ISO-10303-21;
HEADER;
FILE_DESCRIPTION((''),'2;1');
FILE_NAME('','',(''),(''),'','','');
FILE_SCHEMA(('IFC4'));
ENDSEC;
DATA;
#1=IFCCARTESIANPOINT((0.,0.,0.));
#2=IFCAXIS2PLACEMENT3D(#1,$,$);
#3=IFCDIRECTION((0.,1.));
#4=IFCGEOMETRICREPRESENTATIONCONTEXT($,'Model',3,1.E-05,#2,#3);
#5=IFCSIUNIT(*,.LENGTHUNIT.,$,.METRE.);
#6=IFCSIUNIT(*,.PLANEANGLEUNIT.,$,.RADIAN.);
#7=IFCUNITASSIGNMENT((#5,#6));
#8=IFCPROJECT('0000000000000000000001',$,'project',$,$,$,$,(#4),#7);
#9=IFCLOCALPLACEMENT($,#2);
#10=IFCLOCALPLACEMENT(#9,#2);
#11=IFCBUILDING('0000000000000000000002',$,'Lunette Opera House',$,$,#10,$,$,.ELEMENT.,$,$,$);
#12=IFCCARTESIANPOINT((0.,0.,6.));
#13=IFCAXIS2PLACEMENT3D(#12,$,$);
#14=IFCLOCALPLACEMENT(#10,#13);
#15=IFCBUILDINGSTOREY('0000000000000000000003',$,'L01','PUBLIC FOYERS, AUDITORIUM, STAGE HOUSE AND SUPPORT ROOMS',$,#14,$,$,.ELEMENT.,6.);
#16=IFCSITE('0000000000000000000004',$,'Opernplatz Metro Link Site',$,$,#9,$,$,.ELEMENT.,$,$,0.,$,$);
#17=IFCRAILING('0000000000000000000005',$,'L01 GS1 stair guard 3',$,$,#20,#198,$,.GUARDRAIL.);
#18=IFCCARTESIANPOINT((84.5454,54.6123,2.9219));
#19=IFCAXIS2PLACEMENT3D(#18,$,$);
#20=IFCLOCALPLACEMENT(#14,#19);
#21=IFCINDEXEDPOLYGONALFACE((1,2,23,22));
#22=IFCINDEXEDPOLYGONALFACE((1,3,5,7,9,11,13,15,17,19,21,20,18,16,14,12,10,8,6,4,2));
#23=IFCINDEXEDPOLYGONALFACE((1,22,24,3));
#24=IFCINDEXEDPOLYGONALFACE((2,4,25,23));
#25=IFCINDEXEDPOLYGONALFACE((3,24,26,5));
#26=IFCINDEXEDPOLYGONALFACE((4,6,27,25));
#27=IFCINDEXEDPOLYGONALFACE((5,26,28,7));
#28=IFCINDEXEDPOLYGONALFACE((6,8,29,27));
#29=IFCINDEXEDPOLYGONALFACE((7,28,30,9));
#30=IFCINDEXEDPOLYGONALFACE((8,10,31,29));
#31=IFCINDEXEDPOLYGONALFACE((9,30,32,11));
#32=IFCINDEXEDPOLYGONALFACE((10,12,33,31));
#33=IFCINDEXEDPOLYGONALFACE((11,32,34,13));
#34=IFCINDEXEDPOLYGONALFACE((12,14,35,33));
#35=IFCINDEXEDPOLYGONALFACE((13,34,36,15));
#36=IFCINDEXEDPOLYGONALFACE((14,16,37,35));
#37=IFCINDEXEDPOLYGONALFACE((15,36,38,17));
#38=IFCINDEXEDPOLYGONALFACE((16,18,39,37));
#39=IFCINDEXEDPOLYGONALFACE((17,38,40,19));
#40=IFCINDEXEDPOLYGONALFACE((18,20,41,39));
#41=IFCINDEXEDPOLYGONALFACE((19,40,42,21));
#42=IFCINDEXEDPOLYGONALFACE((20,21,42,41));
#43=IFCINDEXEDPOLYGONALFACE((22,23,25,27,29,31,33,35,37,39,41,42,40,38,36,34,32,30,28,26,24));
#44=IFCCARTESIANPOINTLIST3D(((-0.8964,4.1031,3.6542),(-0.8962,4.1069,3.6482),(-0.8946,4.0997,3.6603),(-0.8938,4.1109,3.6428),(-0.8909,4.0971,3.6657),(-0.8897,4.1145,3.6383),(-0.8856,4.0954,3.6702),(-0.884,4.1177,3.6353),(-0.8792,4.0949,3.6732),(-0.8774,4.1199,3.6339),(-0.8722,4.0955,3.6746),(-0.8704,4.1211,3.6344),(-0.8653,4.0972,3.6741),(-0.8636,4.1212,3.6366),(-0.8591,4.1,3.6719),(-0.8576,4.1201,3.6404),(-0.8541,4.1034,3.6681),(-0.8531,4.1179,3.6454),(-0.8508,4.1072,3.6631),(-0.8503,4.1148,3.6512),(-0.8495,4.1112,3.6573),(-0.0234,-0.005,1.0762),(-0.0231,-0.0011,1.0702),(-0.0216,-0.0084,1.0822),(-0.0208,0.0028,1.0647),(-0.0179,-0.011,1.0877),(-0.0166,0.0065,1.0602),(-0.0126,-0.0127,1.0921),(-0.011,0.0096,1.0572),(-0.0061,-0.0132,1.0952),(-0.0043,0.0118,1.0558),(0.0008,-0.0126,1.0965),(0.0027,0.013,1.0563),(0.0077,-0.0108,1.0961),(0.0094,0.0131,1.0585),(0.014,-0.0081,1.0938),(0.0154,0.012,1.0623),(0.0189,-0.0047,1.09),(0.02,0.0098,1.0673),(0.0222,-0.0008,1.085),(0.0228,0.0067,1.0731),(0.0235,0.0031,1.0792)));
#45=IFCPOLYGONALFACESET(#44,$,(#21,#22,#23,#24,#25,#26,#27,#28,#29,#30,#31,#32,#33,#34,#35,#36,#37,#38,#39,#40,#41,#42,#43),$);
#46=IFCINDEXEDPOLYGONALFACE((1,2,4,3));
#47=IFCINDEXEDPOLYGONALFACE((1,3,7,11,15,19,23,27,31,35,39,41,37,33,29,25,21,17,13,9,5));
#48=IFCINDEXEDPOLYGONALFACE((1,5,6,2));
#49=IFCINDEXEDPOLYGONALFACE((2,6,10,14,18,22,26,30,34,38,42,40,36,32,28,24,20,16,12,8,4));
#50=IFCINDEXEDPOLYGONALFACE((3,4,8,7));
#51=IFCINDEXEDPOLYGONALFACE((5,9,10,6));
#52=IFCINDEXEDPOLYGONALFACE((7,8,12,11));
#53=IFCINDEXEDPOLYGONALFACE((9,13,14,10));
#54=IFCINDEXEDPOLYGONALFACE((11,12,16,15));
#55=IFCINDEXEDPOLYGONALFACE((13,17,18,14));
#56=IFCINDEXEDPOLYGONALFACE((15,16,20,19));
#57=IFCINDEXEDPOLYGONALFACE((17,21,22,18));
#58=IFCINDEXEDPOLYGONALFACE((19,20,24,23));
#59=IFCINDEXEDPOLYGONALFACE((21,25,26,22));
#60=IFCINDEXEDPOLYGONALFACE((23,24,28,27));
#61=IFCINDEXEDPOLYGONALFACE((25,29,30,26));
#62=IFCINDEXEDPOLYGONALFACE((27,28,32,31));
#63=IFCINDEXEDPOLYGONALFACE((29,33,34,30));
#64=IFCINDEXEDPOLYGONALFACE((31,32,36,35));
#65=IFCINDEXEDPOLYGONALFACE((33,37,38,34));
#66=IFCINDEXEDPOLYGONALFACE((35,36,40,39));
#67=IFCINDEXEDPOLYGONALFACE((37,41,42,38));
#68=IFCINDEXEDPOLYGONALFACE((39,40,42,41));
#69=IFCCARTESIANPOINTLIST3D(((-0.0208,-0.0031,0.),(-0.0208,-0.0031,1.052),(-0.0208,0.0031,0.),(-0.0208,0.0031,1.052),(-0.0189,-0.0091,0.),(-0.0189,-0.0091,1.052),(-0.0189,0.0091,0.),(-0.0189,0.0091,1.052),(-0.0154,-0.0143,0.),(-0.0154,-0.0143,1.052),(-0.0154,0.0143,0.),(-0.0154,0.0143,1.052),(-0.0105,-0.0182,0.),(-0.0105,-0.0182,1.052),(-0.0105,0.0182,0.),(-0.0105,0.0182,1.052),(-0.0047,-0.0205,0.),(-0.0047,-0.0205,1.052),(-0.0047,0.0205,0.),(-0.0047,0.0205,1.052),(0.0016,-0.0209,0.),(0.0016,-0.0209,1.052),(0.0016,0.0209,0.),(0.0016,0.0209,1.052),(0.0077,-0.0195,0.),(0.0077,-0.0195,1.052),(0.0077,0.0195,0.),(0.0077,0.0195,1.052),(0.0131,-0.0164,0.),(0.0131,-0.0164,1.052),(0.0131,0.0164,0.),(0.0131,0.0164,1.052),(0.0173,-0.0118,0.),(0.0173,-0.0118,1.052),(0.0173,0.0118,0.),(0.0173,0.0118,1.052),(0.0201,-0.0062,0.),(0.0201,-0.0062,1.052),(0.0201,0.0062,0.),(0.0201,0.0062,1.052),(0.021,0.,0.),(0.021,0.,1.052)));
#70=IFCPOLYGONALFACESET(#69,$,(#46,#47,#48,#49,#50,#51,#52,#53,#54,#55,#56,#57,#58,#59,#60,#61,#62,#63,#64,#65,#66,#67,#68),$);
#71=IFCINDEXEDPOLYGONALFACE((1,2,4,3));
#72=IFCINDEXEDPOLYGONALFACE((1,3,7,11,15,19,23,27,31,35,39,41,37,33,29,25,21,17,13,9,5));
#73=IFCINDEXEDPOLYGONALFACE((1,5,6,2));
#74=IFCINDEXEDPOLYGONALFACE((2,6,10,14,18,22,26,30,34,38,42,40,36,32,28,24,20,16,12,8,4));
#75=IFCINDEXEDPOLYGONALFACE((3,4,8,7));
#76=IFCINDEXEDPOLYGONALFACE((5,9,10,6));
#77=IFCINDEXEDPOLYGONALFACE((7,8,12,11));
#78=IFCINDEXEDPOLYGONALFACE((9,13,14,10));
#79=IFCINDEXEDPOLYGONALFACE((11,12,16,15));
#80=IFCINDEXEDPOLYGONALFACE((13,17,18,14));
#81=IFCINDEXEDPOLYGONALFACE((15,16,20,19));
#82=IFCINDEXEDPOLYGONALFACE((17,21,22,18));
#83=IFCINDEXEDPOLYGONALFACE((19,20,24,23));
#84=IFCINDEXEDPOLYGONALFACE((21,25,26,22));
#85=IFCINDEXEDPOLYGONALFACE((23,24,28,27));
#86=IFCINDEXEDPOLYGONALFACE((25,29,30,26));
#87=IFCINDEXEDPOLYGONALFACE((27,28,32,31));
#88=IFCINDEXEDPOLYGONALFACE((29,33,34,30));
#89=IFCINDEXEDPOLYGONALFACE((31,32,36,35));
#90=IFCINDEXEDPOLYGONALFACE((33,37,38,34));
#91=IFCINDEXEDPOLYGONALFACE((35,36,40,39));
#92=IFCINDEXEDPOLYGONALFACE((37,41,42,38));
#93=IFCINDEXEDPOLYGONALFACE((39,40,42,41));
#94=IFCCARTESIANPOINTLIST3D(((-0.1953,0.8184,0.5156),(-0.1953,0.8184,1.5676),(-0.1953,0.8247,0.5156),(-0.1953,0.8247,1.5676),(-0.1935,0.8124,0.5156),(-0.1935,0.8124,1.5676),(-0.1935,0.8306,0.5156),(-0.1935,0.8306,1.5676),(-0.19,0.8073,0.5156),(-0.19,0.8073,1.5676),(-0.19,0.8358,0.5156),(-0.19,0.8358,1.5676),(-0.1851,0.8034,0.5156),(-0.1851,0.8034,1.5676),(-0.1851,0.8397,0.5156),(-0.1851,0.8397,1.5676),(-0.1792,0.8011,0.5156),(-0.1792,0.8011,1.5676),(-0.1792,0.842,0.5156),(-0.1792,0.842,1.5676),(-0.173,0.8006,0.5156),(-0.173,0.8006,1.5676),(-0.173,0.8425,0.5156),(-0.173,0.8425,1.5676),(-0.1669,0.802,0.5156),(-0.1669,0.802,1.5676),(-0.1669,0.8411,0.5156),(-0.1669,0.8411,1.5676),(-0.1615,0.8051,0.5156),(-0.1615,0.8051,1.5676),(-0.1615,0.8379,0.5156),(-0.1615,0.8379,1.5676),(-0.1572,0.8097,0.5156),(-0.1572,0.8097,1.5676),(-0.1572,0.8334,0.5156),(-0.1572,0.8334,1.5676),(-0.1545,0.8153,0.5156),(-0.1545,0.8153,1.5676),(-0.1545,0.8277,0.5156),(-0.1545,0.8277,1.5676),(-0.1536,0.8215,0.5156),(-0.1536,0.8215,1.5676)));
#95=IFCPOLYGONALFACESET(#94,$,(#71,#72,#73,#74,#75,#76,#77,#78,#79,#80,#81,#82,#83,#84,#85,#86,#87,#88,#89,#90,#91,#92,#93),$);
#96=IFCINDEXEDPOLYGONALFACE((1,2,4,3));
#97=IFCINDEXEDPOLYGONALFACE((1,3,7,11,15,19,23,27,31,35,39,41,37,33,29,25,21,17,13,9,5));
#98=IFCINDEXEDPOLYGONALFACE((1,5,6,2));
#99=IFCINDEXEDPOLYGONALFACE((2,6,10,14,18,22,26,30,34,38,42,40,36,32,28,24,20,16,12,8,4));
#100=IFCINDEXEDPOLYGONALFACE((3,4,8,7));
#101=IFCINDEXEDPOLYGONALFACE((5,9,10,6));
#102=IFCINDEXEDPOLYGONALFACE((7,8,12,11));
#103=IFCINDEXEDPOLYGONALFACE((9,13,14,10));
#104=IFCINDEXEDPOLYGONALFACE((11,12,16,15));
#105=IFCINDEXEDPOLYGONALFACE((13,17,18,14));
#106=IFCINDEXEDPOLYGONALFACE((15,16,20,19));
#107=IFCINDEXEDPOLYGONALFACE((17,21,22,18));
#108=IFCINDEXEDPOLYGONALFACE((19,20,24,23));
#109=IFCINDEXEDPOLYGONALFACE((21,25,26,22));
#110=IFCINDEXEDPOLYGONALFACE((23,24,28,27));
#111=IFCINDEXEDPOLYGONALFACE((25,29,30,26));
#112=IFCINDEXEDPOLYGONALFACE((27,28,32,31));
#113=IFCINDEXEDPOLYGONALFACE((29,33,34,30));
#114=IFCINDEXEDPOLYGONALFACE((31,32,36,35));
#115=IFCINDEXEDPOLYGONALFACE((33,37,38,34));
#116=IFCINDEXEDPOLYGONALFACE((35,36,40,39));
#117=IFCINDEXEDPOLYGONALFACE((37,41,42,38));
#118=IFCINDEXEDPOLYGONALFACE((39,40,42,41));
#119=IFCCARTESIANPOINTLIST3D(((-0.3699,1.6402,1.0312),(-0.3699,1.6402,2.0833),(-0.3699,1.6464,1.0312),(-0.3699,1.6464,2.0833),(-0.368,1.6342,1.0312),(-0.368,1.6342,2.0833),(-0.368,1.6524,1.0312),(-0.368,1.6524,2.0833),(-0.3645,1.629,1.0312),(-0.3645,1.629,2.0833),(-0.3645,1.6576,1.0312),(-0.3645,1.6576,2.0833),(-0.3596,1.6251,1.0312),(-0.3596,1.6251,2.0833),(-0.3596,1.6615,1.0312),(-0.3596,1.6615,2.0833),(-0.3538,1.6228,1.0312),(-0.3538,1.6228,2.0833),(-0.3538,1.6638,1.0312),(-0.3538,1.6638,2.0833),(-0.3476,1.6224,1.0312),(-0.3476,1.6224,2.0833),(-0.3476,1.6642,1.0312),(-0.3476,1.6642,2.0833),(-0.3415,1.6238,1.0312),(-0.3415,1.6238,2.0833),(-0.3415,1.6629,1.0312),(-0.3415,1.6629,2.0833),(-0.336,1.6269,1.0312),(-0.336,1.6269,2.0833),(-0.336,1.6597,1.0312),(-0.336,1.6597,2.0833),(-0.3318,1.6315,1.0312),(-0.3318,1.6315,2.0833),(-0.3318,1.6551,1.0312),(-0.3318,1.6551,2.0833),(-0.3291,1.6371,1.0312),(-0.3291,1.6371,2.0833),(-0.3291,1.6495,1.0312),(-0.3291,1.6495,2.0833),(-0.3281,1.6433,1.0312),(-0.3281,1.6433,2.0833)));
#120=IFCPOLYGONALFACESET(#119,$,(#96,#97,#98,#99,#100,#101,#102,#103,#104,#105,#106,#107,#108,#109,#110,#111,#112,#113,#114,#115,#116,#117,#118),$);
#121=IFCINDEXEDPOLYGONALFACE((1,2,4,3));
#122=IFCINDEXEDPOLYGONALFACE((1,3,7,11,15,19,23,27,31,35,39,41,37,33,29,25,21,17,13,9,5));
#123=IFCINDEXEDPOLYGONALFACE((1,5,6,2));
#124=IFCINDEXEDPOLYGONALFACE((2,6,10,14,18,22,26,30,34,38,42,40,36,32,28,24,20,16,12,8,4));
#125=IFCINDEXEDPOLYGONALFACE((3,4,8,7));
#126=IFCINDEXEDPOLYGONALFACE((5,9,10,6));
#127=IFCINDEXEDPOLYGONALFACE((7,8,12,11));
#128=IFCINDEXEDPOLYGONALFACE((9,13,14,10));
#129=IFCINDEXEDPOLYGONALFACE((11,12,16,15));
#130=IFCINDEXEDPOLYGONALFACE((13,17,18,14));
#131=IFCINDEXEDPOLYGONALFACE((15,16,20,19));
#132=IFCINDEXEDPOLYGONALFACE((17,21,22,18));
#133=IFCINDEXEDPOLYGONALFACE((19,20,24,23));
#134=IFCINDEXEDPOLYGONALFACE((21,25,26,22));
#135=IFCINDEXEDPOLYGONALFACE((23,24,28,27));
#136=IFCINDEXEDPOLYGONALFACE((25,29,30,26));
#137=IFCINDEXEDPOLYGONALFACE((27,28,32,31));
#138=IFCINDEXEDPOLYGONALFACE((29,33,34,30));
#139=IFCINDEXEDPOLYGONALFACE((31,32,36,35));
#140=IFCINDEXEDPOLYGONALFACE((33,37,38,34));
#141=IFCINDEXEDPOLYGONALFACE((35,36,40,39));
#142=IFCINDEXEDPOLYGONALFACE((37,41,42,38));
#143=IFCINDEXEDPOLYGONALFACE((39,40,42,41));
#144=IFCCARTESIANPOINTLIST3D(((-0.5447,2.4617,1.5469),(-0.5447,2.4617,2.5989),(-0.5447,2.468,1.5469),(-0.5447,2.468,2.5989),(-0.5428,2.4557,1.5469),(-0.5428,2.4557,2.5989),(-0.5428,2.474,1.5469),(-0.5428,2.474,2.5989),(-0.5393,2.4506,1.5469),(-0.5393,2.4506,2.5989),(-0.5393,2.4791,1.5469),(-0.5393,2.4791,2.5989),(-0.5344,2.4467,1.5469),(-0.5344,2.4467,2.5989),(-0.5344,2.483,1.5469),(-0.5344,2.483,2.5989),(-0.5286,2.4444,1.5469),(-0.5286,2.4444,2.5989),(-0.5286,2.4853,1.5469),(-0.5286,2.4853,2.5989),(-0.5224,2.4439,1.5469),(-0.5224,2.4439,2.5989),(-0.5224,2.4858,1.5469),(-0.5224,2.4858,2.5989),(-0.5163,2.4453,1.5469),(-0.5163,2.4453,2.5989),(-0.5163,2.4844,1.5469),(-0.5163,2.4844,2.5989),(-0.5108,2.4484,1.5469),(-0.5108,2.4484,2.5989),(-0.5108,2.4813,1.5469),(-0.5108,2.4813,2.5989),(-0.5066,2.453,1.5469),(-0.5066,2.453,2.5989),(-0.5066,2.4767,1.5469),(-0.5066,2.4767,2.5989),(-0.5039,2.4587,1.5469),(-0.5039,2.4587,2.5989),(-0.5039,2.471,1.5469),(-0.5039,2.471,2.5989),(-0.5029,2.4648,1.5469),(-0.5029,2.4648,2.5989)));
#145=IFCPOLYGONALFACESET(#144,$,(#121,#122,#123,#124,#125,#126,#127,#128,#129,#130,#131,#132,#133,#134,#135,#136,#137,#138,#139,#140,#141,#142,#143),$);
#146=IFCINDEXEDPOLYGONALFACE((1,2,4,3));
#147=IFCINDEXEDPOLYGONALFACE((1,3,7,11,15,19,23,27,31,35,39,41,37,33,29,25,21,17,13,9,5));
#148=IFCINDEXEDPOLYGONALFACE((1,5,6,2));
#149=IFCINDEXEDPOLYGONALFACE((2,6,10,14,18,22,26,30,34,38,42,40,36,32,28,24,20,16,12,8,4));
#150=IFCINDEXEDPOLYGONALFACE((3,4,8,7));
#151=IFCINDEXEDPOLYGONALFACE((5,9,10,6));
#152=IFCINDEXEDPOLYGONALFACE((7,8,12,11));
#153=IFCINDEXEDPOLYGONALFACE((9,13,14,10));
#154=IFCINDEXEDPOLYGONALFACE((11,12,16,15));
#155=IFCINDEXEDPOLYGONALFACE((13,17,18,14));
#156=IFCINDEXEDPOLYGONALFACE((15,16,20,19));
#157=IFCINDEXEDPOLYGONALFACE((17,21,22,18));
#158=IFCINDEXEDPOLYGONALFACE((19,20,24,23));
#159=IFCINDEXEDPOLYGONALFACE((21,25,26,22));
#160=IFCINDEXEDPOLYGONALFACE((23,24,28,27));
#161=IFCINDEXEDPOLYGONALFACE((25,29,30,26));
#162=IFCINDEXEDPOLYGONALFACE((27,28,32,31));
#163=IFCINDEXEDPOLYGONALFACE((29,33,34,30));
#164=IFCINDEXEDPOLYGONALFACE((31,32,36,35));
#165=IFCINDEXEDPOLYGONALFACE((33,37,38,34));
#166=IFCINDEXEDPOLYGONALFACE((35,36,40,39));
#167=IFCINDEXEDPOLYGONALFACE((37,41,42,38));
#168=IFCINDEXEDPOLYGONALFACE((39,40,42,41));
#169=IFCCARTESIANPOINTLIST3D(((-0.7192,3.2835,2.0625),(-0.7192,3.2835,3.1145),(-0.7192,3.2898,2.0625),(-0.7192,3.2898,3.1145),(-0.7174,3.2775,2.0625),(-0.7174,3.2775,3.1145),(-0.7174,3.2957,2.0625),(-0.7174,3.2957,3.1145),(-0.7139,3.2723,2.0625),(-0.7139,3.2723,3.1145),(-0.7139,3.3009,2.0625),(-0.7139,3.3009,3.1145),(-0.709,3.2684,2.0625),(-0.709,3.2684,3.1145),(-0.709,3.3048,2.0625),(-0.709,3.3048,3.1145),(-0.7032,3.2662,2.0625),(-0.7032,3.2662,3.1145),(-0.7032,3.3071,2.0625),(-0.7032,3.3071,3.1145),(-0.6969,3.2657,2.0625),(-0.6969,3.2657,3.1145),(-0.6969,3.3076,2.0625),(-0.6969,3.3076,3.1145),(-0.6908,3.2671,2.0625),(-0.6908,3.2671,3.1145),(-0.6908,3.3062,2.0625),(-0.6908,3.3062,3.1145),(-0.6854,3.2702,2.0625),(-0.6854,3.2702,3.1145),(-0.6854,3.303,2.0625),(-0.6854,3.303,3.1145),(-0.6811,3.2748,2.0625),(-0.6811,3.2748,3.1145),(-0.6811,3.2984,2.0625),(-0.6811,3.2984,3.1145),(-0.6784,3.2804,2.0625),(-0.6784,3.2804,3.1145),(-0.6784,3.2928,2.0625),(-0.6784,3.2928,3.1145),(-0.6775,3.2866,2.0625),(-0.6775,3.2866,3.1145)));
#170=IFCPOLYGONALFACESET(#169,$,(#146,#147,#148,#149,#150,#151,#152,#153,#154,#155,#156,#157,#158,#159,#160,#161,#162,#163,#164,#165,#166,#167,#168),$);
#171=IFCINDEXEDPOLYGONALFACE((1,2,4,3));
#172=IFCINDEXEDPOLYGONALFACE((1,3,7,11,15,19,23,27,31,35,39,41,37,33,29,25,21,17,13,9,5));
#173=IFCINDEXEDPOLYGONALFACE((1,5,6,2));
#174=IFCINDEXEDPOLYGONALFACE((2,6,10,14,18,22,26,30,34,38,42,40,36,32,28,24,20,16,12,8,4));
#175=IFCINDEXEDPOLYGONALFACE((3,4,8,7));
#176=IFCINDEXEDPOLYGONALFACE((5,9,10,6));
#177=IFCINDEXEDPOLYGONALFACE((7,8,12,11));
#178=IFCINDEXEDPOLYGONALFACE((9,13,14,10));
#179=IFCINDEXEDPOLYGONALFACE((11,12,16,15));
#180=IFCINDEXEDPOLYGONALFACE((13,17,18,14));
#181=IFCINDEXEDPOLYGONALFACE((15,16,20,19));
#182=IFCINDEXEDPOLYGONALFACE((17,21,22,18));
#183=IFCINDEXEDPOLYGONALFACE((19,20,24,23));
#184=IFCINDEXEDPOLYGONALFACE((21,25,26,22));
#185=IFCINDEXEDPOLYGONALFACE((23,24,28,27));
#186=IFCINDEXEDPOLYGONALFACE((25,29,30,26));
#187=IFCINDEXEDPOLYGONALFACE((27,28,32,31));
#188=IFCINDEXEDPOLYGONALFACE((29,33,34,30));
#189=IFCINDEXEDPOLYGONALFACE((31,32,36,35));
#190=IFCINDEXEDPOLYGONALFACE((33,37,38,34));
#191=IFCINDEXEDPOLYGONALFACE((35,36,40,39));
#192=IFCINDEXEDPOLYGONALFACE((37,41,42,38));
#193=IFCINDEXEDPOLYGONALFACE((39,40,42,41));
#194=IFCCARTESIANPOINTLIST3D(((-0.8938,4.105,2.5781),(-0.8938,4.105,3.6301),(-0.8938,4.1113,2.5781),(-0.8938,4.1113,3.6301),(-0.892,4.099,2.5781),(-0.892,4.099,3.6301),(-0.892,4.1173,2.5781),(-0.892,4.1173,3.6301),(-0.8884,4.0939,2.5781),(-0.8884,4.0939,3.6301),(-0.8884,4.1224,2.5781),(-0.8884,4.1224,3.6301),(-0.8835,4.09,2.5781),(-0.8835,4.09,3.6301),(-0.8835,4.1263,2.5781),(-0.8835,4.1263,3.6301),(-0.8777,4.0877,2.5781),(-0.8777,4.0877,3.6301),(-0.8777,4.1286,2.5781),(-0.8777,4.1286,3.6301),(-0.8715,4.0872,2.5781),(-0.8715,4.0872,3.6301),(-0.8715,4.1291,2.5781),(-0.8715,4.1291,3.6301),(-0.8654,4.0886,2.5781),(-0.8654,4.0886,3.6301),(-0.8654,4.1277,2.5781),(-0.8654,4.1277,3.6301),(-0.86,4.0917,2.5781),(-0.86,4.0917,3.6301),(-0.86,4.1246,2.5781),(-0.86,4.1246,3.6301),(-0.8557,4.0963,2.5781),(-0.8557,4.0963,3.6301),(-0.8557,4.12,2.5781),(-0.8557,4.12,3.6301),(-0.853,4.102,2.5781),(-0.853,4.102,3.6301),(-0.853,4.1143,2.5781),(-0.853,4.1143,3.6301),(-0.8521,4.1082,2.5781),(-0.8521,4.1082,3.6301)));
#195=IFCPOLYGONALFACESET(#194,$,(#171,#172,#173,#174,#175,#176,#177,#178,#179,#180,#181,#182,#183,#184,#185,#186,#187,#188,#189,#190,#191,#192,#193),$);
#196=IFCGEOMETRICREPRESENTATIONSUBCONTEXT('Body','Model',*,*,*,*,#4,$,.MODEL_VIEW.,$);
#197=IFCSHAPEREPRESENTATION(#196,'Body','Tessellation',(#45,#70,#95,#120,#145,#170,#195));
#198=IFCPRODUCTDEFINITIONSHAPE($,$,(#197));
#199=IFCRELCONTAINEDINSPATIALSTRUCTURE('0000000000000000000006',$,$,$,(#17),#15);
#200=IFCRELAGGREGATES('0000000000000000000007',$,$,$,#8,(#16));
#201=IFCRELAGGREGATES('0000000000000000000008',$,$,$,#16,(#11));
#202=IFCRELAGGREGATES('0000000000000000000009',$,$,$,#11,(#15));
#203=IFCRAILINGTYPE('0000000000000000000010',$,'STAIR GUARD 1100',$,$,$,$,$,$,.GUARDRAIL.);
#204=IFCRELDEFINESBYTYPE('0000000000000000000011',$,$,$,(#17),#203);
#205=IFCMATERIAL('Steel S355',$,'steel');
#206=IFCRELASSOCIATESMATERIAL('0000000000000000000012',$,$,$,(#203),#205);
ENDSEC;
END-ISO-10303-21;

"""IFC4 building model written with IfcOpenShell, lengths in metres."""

from ifc_helpers import new_model, si_unit, direction, frame, origin, origin_2d, place, context, subcontext, project, spatial, circle, extrude, material, type_object, element, save


model = new_model("IFC4")

# Units and contexts
model_context = context("Model", 3, precision=1e-05, world=origin(), true_north=direction((0.0, 1.0)))
body_context = subcontext(model_context, "Body", "Model", "MODEL_VIEW")
ifc_project = project(units=[si_unit("LENGTHUNIT", "METRE"), si_unit("PLANEANGLEUNIT", "RADIAN")], contexts=[model_context])

# Site, building, storey
site_placement = place(None, origin())
site = spatial("IfcSite", under=ifc_project, at=site_placement, Name="Opernplatz Metro Link Site", CompositionType="ELEMENT", RefElevation=0.0)
building_placement = place(site_placement, origin())
building = spatial("IfcBuilding", under=site, at=building_placement, Name="Lunette Opera House", CompositionType="ELEMENT")
storey_placement = place(building_placement, frame((0.0, 0.0, 6.0)))
storey = spatial("IfcBuildingStorey", under=building, at=storey_placement, Name="L01", Description="PUBLIC FOYERS, AUDITORIUM, STAGE HOUSE AND SUPPORT ROOMS", CompositionType="ELEMENT", Elevation=6.0)

# Railing
ifc_material_1 = material(Name="Steel S355", Category="steel")
railing_type_1 = type_object("IfcRailingType", Name="STAIR GUARD 1100", PredefinedType="GUARDRAIL", material=ifc_material_1)
railing_1_placement = place(storey_placement, frame((84.5454, 54.6123, 2.9219)))
element("IfcRailing", 1, at=railing_1_placement, inside=storey, type_object=railing_type_1, Name="L01 GS1 stair guard 3", PredefinedType="GUARDRAIL", context=body_context, shape_type="SweptSolid", body=[
    extrude(circle(Radius=0.0239, at=origin_2d()), frame((0.0, 0.0, 1.0762), z_axis=(-0.177158, 0.833623, 0.523151), x_axis=(-0.978156, -0.207873, 0.0)), (0.0, 0.0, 1.0), 4.928),
    extrude(circle(Radius=0.021, at=origin_2d()), origin(), (0.0, 0.0, 1.0), 1.052),
    extrude(circle(Radius=0.021, at=origin_2d()), frame((-0.1746, 0.8215, 0.5156)), (0.0, 0.0, 1.0), 1.052),
    extrude(circle(Radius=0.021, at=origin_2d()), frame((-0.3491, 1.6433, 1.0312)), (0.0, 0.0, 1.0), 1.052),
    extrude(circle(Radius=0.021, at=origin_2d()), frame((-0.5239, 2.4648, 1.5469)), (0.0, 0.0, 1.0), 1.052),
    extrude(circle(Radius=0.021, at=origin_2d()), frame((-0.6985, 3.2866, 2.0625)), (0.0, 0.0, 1.0), 1.052),
    extrude(circle(Radius=0.021, at=origin_2d()), frame((-0.873, 4.1082, 2.5781)), (0.0, 0.0, 1.0), 1.052),
])

save(model, "model.ifc")
